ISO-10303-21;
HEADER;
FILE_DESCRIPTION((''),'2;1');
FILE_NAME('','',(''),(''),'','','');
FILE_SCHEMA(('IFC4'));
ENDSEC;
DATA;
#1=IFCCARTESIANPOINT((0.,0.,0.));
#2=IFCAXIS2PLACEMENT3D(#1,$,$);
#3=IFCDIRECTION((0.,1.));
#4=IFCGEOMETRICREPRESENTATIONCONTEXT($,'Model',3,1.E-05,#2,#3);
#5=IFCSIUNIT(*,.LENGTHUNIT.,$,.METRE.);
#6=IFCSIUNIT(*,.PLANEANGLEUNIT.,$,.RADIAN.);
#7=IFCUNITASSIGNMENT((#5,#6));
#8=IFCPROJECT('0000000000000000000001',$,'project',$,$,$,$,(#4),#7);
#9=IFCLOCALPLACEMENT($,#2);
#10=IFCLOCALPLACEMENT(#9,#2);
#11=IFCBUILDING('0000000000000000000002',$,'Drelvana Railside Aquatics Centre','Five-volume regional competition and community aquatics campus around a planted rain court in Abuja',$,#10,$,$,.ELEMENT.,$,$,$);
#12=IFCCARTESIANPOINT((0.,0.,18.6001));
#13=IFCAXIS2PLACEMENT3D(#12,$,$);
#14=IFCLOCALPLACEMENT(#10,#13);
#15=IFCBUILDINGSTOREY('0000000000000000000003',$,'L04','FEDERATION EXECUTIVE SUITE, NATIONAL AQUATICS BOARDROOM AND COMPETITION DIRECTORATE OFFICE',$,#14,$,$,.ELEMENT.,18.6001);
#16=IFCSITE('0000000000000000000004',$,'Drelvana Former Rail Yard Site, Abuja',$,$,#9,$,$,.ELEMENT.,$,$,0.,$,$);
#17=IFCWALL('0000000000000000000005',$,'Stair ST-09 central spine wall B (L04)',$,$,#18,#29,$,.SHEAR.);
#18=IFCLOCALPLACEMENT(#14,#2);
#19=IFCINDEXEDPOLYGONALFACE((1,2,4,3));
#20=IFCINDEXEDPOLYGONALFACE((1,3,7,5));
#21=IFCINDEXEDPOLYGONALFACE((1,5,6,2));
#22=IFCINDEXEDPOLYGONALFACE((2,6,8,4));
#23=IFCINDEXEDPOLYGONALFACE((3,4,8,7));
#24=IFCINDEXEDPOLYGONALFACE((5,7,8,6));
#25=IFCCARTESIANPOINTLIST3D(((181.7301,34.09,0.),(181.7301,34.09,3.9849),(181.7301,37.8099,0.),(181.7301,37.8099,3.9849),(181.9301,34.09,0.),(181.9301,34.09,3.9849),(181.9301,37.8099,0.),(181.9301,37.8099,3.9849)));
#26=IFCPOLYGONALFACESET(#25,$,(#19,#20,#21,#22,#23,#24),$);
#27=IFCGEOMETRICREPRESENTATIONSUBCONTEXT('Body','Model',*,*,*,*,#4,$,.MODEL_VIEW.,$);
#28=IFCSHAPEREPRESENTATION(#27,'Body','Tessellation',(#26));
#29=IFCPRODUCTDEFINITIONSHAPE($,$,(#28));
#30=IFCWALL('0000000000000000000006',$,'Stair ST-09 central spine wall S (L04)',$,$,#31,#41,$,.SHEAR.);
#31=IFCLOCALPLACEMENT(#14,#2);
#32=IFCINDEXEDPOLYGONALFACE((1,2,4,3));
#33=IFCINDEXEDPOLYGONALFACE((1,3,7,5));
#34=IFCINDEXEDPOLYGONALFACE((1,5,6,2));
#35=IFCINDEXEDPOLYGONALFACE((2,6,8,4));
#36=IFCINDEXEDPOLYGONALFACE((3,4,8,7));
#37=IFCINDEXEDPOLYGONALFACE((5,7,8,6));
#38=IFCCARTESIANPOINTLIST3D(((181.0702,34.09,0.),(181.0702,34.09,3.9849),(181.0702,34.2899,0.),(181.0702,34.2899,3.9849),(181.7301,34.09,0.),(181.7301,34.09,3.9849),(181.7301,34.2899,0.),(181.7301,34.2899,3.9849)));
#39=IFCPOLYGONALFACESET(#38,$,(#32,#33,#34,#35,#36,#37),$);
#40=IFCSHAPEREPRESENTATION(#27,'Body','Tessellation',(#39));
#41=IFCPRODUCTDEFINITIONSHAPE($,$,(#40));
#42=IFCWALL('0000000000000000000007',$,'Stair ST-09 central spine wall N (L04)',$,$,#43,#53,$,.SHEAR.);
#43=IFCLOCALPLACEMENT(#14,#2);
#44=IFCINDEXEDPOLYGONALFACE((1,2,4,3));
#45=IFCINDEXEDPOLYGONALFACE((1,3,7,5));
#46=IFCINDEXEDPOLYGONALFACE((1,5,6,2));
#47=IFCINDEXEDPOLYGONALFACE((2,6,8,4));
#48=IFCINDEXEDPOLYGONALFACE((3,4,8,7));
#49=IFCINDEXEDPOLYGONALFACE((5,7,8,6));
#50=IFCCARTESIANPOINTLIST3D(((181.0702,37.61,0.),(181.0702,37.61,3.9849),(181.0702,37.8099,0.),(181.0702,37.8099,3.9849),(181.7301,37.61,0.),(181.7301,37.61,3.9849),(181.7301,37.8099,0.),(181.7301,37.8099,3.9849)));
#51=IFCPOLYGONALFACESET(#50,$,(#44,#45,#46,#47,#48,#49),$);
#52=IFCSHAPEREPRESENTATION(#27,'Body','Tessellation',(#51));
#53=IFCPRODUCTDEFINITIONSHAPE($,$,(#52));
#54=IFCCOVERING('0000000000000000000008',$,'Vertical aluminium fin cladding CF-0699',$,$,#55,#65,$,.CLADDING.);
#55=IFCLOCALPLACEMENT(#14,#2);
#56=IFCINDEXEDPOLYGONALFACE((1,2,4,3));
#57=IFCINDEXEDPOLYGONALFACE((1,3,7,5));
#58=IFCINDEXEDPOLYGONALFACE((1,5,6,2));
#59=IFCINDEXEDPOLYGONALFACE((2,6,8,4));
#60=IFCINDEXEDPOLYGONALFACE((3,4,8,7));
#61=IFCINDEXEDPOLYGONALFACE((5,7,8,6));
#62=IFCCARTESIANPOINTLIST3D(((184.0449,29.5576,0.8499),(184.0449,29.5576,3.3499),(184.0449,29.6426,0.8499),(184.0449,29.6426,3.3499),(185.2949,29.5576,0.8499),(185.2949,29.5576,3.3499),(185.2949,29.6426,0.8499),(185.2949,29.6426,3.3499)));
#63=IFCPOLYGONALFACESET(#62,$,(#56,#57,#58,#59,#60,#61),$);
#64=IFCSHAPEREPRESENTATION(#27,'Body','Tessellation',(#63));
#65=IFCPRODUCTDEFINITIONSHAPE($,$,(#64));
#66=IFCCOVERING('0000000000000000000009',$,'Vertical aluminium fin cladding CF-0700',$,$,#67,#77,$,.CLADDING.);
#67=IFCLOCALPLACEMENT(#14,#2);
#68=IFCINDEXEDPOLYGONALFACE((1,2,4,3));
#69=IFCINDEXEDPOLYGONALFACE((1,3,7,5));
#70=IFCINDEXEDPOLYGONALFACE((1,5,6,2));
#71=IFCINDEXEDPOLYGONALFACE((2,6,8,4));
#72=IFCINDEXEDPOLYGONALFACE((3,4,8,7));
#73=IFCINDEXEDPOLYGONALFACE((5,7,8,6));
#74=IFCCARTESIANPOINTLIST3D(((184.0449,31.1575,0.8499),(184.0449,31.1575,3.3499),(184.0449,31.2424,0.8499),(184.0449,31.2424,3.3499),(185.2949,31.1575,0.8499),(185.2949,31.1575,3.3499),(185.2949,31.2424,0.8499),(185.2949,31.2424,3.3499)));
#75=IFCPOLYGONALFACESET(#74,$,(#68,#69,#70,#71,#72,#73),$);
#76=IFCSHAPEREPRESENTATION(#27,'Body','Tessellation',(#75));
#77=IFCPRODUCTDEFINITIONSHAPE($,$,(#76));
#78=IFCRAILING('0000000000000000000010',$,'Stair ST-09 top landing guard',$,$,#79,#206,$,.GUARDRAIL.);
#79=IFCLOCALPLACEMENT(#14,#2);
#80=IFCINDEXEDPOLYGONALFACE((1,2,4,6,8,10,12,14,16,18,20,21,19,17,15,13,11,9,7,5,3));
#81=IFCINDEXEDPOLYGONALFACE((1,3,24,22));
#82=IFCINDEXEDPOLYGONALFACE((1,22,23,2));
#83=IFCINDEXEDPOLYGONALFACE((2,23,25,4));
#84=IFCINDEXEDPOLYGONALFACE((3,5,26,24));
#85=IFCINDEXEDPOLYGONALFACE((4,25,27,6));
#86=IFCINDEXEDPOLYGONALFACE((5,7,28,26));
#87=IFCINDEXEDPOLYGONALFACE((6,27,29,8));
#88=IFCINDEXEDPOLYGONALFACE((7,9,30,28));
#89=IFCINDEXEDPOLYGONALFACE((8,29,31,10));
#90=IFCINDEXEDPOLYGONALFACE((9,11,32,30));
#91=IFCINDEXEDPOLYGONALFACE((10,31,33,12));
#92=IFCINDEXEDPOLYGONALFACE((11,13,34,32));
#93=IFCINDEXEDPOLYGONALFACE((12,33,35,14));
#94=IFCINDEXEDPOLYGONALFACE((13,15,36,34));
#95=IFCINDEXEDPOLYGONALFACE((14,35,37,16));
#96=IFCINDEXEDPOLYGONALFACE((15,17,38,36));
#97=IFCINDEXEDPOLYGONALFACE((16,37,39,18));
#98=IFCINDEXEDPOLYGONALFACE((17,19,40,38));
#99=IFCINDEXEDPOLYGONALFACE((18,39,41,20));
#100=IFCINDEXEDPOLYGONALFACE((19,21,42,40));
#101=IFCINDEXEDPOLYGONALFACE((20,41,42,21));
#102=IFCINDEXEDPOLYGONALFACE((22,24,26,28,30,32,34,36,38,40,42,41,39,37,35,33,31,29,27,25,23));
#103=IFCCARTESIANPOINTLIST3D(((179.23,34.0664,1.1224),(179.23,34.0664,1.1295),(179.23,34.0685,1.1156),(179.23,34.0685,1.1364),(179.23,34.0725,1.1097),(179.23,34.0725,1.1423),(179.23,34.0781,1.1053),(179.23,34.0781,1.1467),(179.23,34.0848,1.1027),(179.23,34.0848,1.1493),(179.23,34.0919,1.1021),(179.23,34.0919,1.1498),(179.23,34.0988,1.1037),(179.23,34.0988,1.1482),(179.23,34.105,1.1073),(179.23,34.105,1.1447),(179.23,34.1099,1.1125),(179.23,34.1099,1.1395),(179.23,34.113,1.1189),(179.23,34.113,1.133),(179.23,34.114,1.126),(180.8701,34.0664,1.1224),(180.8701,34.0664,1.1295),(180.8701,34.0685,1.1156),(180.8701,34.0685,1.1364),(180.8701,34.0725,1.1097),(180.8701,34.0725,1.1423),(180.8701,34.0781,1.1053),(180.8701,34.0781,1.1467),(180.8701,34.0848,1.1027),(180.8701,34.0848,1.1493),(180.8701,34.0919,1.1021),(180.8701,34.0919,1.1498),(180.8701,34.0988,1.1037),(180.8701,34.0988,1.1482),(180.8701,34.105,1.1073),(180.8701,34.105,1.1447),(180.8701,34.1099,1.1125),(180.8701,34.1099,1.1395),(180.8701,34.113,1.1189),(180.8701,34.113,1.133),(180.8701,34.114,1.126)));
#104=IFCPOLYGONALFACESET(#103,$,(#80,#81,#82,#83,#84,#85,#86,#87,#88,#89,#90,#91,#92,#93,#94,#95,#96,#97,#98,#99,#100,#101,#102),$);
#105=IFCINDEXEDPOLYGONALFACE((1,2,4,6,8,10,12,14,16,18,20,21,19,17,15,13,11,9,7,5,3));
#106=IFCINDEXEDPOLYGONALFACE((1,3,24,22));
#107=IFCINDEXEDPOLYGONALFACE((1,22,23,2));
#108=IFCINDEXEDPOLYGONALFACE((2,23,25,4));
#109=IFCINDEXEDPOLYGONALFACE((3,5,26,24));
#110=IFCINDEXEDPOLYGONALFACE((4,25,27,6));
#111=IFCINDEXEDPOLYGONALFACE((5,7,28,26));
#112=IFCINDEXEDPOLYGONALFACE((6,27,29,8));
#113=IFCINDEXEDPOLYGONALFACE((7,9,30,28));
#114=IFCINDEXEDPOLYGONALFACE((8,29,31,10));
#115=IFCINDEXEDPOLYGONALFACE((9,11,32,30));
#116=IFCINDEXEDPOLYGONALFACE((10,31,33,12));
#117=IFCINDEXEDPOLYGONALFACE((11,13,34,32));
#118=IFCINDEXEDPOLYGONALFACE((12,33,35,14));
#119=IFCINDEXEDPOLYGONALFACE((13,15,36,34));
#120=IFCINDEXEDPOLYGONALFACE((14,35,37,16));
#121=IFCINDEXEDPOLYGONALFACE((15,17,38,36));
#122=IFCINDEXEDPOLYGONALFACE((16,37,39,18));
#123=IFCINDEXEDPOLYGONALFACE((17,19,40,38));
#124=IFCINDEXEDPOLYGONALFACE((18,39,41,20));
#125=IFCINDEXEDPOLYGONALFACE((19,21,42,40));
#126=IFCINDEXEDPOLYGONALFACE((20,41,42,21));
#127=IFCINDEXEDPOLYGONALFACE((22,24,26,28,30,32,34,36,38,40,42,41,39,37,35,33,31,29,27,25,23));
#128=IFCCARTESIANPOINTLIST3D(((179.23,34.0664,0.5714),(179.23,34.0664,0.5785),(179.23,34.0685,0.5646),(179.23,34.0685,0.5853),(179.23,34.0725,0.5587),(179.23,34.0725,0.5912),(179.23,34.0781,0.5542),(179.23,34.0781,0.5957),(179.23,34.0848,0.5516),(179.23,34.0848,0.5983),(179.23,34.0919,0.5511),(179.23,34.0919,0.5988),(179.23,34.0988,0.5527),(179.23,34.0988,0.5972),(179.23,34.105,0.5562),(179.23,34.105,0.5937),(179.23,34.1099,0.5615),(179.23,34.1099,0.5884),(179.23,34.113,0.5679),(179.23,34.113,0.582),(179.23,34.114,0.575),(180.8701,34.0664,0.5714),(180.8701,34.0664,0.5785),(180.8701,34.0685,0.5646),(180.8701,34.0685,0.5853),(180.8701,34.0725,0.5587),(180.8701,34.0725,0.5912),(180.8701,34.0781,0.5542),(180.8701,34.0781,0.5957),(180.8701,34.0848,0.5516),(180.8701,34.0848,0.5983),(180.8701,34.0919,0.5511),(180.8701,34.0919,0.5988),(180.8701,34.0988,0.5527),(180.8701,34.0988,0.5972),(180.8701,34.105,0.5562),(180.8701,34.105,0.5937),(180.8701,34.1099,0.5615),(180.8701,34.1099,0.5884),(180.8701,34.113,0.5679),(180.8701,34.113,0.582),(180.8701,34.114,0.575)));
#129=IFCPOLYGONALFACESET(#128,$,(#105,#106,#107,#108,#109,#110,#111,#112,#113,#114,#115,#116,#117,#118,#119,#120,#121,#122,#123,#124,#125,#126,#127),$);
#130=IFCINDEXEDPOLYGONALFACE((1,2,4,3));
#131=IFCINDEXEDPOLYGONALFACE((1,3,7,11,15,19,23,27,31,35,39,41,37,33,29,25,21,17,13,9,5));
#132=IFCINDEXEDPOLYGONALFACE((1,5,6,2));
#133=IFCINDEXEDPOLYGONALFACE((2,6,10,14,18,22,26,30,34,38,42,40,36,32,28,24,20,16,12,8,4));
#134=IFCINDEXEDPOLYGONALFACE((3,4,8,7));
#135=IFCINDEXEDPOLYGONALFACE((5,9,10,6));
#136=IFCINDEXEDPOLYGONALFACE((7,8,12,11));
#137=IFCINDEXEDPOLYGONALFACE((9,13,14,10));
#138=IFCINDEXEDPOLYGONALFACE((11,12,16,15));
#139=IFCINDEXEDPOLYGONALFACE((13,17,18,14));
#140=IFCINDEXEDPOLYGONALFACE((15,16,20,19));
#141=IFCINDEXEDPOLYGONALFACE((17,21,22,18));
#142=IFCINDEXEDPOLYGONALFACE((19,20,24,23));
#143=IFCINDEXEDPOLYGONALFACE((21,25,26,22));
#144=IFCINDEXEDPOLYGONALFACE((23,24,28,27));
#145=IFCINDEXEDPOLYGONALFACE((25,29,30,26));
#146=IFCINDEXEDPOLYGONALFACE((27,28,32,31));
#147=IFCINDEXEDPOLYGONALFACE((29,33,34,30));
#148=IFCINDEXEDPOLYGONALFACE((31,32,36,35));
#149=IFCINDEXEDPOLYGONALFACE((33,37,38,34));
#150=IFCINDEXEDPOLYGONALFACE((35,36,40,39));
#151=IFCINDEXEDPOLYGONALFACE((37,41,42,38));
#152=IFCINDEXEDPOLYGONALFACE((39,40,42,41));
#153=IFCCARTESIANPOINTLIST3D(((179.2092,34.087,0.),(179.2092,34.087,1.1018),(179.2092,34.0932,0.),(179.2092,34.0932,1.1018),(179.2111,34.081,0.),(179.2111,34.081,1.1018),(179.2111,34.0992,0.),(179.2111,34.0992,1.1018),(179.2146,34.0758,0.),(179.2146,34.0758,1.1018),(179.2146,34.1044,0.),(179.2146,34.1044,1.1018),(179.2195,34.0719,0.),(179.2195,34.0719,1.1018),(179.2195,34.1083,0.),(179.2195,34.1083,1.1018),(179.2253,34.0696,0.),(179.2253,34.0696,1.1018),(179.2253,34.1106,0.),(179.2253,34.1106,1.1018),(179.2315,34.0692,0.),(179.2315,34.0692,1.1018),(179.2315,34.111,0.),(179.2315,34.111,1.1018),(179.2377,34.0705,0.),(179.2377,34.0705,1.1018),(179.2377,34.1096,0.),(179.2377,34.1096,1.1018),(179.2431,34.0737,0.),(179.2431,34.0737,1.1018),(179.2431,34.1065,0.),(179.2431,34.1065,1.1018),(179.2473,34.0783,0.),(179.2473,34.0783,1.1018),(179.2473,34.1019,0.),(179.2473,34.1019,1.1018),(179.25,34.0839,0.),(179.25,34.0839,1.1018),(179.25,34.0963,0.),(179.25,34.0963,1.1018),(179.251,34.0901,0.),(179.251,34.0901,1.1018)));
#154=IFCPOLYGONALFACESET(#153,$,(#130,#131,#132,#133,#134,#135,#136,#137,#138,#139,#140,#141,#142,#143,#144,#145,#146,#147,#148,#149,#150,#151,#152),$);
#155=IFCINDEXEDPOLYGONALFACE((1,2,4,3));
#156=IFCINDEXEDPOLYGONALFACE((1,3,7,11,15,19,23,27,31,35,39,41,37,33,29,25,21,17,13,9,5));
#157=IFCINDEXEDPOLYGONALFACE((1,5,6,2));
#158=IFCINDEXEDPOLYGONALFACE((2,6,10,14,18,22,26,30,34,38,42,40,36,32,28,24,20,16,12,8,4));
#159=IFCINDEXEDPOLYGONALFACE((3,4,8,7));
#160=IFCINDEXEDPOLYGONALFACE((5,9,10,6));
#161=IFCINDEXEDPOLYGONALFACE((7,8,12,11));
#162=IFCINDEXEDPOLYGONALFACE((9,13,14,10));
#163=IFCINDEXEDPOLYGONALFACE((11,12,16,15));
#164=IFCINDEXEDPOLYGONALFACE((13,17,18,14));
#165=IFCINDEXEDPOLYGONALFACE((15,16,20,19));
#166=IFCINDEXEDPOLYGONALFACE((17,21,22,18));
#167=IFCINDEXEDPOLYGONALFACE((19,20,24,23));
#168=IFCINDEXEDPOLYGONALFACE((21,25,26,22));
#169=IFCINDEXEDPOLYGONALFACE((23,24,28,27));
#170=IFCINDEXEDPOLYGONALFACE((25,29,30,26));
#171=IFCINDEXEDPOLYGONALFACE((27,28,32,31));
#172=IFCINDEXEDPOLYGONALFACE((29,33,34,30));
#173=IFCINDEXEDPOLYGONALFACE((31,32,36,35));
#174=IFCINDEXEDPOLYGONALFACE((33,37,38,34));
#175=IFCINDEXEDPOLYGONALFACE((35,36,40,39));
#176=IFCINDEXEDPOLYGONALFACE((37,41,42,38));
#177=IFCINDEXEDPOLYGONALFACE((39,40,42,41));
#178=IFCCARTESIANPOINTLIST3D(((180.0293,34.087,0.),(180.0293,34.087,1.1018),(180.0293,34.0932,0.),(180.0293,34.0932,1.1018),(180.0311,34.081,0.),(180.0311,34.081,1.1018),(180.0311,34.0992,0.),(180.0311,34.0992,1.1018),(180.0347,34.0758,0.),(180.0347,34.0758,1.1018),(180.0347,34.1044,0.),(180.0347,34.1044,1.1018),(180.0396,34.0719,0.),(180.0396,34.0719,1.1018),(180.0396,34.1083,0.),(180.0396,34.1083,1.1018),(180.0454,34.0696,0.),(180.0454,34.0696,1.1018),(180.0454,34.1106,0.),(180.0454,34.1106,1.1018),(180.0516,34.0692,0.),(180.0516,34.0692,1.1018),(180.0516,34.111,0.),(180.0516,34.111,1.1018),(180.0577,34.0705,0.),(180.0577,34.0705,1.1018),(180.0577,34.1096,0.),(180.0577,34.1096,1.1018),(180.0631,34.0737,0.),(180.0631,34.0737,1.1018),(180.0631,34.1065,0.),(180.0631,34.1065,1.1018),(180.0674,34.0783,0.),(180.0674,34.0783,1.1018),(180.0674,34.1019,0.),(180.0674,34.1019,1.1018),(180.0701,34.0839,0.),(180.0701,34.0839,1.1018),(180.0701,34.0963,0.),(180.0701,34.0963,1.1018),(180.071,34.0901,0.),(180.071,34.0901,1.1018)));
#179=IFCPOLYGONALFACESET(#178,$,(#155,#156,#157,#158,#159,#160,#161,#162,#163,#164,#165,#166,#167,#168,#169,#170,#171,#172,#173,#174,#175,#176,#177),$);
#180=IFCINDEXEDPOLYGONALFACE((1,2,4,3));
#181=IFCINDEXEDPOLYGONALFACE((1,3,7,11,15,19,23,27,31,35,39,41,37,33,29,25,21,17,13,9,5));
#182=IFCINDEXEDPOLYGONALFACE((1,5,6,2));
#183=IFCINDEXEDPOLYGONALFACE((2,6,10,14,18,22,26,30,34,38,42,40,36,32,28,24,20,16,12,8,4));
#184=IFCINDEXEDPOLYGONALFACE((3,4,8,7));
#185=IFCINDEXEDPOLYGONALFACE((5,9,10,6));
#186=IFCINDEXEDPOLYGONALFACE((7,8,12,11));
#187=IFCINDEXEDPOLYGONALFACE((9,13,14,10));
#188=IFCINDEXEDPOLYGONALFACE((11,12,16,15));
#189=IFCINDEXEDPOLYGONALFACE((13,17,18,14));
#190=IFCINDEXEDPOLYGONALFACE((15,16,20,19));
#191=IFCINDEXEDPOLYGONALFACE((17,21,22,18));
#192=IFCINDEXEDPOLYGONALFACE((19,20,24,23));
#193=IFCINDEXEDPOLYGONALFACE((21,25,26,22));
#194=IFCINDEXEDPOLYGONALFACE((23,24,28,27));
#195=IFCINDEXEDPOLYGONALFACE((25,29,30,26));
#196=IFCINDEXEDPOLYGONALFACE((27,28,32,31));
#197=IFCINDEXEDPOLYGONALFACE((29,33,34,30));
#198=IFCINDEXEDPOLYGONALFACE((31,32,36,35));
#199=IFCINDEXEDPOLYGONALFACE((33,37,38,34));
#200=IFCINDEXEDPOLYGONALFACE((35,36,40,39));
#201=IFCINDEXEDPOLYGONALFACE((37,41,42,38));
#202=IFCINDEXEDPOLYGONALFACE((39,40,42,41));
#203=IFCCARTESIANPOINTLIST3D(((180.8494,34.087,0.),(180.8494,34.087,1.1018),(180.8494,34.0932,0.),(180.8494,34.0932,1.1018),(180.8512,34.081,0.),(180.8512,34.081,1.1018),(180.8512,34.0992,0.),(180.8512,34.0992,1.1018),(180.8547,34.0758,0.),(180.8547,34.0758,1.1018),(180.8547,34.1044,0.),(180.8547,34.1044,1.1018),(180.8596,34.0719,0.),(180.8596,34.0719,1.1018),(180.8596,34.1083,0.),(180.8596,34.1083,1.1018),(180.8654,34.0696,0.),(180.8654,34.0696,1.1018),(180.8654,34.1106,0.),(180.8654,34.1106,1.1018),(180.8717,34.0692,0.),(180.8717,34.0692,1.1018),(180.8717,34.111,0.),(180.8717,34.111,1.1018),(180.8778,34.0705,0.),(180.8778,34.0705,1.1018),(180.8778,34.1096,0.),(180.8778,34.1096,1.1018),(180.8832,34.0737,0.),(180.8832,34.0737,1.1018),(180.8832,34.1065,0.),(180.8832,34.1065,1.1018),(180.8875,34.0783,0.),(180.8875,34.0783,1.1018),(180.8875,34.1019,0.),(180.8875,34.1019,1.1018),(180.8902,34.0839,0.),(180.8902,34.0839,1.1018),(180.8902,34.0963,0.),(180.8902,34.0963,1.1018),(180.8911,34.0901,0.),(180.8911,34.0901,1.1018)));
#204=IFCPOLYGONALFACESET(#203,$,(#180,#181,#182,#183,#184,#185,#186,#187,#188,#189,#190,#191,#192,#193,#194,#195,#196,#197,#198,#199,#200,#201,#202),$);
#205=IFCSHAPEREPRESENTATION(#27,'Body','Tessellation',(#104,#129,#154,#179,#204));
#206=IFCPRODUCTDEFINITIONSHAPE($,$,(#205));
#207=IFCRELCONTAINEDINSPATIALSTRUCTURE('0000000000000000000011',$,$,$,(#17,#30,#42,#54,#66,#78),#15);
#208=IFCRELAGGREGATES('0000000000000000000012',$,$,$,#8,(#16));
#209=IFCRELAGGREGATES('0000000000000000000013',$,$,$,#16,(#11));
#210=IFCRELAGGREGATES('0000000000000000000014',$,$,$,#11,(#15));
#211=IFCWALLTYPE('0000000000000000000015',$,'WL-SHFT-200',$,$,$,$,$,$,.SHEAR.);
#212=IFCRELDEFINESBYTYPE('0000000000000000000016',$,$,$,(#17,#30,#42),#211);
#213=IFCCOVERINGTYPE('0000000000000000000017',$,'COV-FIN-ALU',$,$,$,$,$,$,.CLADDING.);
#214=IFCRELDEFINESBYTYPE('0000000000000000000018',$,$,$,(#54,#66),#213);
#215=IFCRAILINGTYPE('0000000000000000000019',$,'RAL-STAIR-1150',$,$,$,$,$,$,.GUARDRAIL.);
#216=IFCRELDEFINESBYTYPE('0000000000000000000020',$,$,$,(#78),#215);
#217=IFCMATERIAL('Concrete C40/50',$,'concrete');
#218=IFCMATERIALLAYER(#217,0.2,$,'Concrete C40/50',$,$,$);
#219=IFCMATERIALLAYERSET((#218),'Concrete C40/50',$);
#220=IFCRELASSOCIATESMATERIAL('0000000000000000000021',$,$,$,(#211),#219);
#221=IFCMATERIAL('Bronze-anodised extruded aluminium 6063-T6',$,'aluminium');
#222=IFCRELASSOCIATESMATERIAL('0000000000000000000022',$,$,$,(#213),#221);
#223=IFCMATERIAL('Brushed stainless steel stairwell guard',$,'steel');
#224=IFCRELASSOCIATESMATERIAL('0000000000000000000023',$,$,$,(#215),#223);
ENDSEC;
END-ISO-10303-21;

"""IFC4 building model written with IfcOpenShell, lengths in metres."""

from ifc_helpers import new_model, si_unit, direction, frame, frame_2d, origin, origin_2d, place, context, subcontext, project, spatial, rectangle, circle, extrude, material, layer, layer_set, type_object, element, save


model = new_model("IFC4")

# Units and contexts
model_context = context("Model", 3, precision=1e-05, world=origin(), true_north=direction((0.0, 1.0)))
body_context = subcontext(model_context, "Body", "Model", "MODEL_VIEW")
ifc_project = project(units=[si_unit("LENGTHUNIT", "METRE"), si_unit("PLANEANGLEUNIT", "RADIAN")], contexts=[model_context])

# Site, building, storey
site_placement = place(None, origin())
site = spatial("IfcSite", under=ifc_project, at=site_placement, Name="Drelvana Former Rail Yard Site, Abuja", CompositionType="ELEMENT", RefElevation=0.0)
building_placement = place(site_placement, origin())
building = spatial("IfcBuilding", under=site, at=building_placement, Name="Drelvana Railside Aquatics Centre", Description="Five-volume regional competition and community aquatics campus around a planted rain court in Abuja", CompositionType="ELEMENT")
storey_placement = place(building_placement, frame((0.0, 0.0, 18.6001)))
storey = spatial("IfcBuildingStorey", under=building, at=storey_placement, Name="L04", Description="FEDERATION EXECUTIVE SUITE, NATIONAL AQUATICS BOARDROOM AND COMPETITION DIRECTORATE OFFICE", CompositionType="ELEMENT", Elevation=18.6001)

# Shared definitions
ifc_material_1 = material(Name="Concrete C40/50", Category="concrete")

# Walls
ifc_layer_1 = layer(ifc_material_1, 0.2, Name="Concrete C40/50")
ifc_layer_set_1 = layer_set([ifc_layer_1], Name="Concrete C40/50")
wall_type_1 = type_object("IfcWallType", Name="WL-SHFT-200", PredefinedType="SHEAR", material=ifc_layer_set_1)
for number, where, z_axis, x_axis, name in (
    (1, (181.8301, 34.0901, 0.0), (0.0, 0.0, 1.0), (0.0, 1.0, 0.0), "Stair ST-09 central spine wall B (L04)"),
):
    element("IfcWall", number, at=place(storey_placement, frame(where, z_axis=z_axis, x_axis=x_axis)), inside=storey, type_object=wall_type_1, Name=name, PredefinedType="SHEAR", context=body_context, shape_type="SweptSolid", body=[
        extrude(rectangle(XDim=3.72, YDim=0.2, at=frame_2d((1.8599, 0.0))), origin(), (0.0, 0.0, 1.0), 3.9849),
    ])
for number, where, z_axis, x_axis, name in (
    (2, (181.0701, 34.1899, 0.0), (0.0, 0.0, 1.0), (1.0, 0.0, 0.0), "Stair ST-09 central spine wall S (L04)"),
    (3, (181.0701, 37.71, 0.0), (0.0, 0.0, 1.0), (1.0, 0.0, 0.0), "Stair ST-09 central spine wall N (L04)"),
):
    element("IfcWall", number, at=place(storey_placement, frame(where, z_axis=z_axis, x_axis=x_axis)), inside=storey, type_object=wall_type_1, Name=name, PredefinedType="SHEAR", context=body_context, shape_type="SweptSolid", body=[
        extrude(rectangle(XDim=0.6599, YDim=0.2, at=frame_2d((0.3301, 0.0))), origin(), (0.0, 0.0, 1.0), 3.9849),
    ])

# Coverings
ifc_material_2 = material(Name="Bronze-anodised extruded aluminium 6063-T6", Category="aluminium")
covering_type = type_object("IfcCoveringType", Name="COV-FIN-ALU", PredefinedType="CLADDING", material=ifc_material_2)
for number, where, z_axis, x_axis, name in (
    (4, (184.6699, 29.6001, 0.8499), (0.0, 0.0, 1.0), (0.0, -1.0, 0.0), "Vertical aluminium fin cladding CF-0699"),
    (5, (184.6699, 31.2, 0.8499), (0.0, 0.0, 1.0), (0.0, -1.0, 0.0), "Vertical aluminium fin cladding CF-0700"),
):
    element("IfcCovering", number, at=place(storey_placement, frame(where, z_axis=z_axis, x_axis=x_axis)), inside=storey, type_object=covering_type, Name=name, PredefinedType="CLADDING", context=body_context, shape_type="SweptSolid", body=[
        extrude(rectangle(XDim=0.085, YDim=1.25, at=origin_2d()), origin(), (0.0, 0.0, 1.0), 2.5),
    ])

# Railing
ifc_material_3 = material(Name="Brushed stainless steel stairwell guard", Category="steel")
railing_type = type_object("IfcRailingType", Name="RAL-STAIR-1150", PredefinedType="GUARDRAIL", material=ifc_material_3)
railing_placement = place(storey_placement, frame((179.23, 34.0901, 0.0)))
element("IfcRailing", 6, at=railing_placement, inside=storey, type_object=railing_type, Name="Stair ST-09 top landing guard", PredefinedType="GUARDRAIL", context=body_context, shape_type="SweptSolid", body=[
    extrude(circle(Radius=0.0239, at=origin_2d()), frame((0.0, 0.0, 1.126), z_axis=(1.0, 0.0, 0.0), x_axis=(0.0, 1.0, 0.0)), (0.0, 0.0, 1.0), 1.6401),
    extrude(circle(Radius=0.0239, at=origin_2d()), frame((0.0, 0.0, 0.575), z_axis=(1.0, 0.0, 0.0), x_axis=(0.0, 1.0, 0.0)), (0.0, 0.0, 1.0), 1.6401),
    extrude(circle(Radius=0.021, at=origin_2d()), origin(), (0.0, 0.0, 1.0), 1.1018),
    extrude(circle(Radius=0.021, at=origin_2d()), frame((0.8201, 0.0, 0.0)), (0.0, 0.0, 1.0), 1.1018),
    extrude(circle(Radius=0.021, at=origin_2d()), frame((1.6401, 0.0, 0.0)), (0.0, 0.0, 1.0), 1.1018),
])

save(model, "model.ifc")
